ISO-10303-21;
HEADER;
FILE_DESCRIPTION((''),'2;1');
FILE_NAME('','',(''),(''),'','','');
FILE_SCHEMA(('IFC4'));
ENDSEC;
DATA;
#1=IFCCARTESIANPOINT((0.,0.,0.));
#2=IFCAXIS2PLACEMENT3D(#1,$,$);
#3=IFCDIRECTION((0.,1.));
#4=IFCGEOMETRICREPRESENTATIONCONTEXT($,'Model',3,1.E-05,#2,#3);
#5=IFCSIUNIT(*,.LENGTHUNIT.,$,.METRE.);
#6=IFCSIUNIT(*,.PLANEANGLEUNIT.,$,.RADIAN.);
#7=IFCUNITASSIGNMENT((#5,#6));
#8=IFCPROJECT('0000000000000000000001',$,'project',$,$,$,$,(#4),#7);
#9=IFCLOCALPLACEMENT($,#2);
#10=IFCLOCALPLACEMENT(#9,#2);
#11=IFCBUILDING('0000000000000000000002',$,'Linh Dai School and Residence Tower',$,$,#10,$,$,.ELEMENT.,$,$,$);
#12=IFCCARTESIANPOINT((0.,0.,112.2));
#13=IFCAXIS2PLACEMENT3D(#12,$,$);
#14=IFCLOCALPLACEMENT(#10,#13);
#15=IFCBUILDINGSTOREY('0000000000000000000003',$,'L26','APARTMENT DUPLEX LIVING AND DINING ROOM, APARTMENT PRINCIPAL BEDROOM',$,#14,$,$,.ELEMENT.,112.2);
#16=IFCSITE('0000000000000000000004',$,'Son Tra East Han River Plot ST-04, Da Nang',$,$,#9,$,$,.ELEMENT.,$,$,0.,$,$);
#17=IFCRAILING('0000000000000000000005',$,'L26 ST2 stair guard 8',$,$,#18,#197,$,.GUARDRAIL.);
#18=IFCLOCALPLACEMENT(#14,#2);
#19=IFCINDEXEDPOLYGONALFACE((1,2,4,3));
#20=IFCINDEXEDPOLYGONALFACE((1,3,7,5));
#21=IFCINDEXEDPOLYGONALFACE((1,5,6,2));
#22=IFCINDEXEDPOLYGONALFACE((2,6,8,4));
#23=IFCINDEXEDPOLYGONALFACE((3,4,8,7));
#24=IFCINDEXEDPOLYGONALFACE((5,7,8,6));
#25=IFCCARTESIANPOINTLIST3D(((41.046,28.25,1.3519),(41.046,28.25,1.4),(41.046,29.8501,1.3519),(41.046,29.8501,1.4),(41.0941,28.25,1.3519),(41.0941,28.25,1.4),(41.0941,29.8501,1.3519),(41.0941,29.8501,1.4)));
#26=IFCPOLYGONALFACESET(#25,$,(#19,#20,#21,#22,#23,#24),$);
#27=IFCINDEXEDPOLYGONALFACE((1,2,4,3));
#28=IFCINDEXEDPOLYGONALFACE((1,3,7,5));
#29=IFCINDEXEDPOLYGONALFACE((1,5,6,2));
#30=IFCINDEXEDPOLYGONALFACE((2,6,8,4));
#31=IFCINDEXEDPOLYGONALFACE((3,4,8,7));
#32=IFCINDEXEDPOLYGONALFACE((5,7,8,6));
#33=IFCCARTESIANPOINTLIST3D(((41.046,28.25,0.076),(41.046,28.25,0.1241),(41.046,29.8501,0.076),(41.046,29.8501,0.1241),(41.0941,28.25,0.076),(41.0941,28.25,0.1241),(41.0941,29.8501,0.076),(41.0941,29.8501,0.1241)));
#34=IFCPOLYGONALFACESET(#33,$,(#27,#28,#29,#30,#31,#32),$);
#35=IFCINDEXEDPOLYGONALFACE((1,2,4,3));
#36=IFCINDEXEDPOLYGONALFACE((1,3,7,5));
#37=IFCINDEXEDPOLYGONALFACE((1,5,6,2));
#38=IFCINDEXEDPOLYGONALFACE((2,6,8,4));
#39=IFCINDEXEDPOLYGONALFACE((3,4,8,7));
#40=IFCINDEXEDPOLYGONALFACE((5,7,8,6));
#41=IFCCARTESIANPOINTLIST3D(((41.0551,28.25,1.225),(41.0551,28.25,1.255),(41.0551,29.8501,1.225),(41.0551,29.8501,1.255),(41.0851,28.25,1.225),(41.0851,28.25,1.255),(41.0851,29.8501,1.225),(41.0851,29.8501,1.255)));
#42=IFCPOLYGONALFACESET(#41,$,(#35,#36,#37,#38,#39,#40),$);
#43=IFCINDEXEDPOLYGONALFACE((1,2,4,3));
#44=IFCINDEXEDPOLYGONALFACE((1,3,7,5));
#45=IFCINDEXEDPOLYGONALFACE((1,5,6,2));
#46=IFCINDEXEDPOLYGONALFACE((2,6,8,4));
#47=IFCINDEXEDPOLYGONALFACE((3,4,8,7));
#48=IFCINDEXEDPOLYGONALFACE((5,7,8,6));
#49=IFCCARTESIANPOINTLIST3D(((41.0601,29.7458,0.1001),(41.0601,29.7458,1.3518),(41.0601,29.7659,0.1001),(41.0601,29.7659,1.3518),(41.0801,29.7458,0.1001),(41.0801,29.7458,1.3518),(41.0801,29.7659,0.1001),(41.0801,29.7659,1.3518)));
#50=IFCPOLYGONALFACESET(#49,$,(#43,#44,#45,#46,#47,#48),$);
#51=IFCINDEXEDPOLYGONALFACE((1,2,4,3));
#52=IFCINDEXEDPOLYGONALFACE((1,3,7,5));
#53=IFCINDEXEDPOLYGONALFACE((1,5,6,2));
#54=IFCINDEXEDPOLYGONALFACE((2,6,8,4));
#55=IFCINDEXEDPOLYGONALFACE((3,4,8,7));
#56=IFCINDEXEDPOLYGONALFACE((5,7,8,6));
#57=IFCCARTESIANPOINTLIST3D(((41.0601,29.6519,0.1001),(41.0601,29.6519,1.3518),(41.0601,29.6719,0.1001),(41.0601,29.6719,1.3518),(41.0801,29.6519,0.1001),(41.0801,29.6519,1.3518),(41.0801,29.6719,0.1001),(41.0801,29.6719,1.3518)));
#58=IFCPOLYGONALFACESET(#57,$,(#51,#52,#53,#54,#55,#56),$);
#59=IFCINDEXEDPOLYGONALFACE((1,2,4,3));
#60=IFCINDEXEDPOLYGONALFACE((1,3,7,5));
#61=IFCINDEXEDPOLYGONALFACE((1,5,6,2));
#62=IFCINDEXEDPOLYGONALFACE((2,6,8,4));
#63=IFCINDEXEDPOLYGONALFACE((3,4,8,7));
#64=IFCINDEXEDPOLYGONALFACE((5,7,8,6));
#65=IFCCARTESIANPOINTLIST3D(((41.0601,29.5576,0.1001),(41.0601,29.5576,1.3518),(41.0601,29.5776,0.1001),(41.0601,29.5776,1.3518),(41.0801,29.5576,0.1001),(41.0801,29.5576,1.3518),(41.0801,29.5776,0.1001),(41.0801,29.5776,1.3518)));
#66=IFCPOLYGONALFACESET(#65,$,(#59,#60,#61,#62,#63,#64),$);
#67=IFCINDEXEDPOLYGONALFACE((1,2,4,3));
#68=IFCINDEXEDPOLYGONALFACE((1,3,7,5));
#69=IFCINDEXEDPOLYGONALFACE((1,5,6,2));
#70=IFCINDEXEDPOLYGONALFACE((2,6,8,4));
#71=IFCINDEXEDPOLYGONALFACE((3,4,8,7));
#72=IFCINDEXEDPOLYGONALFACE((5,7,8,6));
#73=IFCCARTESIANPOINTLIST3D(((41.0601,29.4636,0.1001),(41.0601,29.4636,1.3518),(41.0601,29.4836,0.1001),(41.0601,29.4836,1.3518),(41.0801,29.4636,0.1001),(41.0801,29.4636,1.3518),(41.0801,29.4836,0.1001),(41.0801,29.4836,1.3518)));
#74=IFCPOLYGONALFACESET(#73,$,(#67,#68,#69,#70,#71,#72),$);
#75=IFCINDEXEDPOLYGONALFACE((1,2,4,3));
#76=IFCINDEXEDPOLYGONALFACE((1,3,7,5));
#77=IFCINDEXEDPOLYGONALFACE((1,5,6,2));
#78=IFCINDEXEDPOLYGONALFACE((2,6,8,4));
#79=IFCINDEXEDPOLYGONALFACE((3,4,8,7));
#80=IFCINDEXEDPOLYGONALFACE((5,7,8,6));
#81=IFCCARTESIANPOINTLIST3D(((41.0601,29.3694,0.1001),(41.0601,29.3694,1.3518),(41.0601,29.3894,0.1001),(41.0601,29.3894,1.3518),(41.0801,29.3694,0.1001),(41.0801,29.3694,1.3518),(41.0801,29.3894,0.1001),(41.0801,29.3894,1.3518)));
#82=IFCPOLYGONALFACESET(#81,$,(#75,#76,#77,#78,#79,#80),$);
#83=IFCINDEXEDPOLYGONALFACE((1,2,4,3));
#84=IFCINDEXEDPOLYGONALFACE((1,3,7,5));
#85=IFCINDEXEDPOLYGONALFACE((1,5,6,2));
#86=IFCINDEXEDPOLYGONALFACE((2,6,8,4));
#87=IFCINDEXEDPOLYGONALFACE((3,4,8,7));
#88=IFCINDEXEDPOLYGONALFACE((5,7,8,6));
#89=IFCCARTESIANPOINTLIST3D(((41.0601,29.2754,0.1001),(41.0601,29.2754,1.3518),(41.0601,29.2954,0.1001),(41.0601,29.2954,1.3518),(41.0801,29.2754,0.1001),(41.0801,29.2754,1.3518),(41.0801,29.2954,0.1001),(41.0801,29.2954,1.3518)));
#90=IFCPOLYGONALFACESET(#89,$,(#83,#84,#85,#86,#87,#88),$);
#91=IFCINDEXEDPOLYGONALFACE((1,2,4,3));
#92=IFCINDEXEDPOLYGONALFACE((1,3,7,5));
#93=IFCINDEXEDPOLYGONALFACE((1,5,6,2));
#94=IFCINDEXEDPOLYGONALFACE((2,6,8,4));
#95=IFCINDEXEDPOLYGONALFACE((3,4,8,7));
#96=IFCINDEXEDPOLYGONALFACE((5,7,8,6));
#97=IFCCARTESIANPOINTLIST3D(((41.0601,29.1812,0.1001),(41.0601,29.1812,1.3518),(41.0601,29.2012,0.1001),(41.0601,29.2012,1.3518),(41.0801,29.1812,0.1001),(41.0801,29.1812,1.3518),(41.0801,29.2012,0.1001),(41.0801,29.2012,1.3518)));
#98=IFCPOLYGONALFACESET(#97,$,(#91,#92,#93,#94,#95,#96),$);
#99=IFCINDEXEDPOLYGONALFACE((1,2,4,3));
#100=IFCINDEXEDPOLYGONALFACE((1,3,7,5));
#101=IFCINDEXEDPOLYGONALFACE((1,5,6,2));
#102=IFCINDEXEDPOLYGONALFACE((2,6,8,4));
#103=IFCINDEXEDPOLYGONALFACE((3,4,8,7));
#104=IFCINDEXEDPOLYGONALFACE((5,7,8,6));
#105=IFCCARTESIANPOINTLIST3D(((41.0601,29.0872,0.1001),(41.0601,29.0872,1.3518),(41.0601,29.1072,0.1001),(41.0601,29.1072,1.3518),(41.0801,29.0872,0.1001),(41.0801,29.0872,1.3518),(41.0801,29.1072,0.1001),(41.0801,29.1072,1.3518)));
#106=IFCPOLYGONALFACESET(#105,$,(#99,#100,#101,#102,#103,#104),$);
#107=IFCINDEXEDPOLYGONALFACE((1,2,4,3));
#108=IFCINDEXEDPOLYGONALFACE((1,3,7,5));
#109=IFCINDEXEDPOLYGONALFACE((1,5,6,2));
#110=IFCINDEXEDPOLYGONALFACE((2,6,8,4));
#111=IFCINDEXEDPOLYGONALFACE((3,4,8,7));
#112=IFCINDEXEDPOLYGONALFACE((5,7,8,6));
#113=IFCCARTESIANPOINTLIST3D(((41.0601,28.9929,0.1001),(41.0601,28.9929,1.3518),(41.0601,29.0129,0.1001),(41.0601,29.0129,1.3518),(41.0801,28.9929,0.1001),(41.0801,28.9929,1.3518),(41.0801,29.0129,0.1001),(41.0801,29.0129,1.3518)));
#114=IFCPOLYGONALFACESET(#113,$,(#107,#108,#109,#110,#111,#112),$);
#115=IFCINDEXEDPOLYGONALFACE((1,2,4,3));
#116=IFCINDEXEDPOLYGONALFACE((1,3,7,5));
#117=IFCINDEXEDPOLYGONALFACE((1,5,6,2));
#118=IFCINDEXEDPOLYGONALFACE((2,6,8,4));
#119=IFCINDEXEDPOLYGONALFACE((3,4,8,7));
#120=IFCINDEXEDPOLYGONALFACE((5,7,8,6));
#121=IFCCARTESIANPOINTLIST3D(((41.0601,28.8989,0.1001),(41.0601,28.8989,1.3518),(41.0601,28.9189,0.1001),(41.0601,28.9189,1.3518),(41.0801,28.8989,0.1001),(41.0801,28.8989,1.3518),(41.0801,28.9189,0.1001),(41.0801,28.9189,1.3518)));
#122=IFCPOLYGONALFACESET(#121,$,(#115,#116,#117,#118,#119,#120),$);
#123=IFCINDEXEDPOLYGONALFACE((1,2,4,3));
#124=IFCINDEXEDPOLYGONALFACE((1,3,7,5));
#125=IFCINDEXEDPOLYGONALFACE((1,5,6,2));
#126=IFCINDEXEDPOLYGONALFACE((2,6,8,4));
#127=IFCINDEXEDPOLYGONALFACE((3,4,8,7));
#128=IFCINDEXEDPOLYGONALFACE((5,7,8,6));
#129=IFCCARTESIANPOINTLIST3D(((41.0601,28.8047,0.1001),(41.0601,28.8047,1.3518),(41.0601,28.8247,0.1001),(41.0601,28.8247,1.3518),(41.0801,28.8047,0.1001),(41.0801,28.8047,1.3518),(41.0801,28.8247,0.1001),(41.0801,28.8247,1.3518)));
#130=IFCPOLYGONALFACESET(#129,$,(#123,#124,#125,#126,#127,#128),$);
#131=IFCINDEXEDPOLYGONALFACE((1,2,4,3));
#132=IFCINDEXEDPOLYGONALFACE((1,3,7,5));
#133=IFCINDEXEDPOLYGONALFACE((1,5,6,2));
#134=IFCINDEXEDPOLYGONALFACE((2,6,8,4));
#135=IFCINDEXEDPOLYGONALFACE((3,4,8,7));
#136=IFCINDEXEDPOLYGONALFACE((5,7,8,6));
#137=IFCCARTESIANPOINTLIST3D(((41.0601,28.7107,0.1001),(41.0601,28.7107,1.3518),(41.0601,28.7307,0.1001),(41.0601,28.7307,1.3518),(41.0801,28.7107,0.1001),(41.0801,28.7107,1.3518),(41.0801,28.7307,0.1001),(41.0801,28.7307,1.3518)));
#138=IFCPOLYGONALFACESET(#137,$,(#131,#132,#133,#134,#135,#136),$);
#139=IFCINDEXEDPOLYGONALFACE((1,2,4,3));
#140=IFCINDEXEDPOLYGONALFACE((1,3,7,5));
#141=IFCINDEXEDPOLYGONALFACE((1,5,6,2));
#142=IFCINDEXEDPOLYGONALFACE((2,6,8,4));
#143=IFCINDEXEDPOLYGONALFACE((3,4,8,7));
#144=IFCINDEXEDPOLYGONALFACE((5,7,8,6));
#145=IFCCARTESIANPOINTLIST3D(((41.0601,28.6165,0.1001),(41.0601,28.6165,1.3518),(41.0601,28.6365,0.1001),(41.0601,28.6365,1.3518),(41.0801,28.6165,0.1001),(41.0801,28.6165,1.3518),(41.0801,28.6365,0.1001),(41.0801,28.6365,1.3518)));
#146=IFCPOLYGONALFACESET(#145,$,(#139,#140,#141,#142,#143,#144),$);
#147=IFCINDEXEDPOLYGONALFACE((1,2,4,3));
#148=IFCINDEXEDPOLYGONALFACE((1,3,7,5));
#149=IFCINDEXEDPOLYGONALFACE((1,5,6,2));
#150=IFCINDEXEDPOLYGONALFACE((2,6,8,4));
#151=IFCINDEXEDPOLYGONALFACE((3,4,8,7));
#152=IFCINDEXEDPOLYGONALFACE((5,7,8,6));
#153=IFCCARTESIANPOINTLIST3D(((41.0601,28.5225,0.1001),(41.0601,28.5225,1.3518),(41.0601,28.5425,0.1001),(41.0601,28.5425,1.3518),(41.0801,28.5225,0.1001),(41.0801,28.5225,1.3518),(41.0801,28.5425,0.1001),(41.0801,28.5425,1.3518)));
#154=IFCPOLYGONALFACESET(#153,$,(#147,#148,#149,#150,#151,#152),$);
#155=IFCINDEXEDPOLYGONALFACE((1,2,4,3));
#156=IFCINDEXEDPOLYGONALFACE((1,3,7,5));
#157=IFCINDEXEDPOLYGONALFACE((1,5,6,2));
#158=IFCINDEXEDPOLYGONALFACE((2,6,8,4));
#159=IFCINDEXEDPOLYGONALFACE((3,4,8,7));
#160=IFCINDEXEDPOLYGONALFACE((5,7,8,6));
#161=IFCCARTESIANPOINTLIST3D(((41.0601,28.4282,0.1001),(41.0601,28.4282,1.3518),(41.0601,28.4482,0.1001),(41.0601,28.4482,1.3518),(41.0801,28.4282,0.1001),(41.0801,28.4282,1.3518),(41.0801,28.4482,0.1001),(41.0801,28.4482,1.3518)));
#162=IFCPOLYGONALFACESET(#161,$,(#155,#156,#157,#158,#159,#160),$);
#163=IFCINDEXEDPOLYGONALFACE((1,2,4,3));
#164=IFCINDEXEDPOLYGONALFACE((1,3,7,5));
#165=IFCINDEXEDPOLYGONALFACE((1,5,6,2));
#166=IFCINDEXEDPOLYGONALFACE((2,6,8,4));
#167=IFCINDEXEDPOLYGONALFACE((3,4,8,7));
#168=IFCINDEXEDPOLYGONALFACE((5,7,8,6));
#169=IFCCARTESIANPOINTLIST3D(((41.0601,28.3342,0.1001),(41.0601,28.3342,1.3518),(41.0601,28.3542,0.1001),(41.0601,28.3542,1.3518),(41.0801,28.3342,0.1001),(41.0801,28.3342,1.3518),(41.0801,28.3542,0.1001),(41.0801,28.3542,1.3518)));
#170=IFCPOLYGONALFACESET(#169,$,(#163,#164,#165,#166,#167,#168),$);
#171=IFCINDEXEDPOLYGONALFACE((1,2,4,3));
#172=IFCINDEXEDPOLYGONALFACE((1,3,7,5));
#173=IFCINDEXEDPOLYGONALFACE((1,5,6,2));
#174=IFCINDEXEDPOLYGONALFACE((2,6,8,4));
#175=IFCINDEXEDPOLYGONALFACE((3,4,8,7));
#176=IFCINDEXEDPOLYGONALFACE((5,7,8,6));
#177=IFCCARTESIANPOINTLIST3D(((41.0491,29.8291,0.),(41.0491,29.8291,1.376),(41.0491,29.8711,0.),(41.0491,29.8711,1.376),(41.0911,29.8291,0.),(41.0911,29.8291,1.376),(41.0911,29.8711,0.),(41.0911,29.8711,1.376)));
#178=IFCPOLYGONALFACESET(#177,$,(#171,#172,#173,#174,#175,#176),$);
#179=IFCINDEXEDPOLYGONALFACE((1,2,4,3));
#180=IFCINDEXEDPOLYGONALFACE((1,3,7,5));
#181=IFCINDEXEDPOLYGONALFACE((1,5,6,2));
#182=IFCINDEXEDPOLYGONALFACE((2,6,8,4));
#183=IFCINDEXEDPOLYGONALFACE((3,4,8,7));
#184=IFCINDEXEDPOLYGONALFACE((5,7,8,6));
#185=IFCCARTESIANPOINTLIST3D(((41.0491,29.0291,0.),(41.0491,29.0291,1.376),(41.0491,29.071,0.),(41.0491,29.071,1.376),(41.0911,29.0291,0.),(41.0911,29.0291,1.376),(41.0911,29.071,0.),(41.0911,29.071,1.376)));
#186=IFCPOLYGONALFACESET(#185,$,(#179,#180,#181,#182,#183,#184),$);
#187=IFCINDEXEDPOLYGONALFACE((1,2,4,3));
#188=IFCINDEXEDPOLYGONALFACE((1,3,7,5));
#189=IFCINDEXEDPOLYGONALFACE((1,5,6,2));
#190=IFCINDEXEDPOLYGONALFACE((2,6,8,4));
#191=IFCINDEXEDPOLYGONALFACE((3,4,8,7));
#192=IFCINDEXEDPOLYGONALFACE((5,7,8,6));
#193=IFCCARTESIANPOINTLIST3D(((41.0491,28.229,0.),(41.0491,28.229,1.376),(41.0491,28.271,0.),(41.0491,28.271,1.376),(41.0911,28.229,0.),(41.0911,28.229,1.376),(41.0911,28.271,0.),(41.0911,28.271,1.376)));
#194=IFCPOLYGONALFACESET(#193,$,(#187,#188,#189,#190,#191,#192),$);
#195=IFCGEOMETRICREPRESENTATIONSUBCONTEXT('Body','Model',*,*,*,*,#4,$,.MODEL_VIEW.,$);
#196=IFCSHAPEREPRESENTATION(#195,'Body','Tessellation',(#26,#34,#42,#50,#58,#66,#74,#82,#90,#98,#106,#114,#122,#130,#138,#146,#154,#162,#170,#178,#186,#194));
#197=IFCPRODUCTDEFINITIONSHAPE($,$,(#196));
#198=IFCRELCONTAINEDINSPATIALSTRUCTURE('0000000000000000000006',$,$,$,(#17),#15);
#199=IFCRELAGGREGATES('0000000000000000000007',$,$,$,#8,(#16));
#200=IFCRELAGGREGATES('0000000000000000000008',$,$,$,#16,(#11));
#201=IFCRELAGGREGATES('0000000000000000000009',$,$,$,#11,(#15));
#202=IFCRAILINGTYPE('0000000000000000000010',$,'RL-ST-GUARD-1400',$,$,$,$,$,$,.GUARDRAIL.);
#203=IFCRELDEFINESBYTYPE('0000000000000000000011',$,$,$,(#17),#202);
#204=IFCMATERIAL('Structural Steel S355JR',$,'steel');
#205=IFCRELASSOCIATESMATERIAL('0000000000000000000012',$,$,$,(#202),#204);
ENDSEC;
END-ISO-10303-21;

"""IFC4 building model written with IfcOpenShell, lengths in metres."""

from ifc_helpers import new_model, si_unit, direction, frame, origin, origin_2d, place, context, subcontext, project, spatial, rectangle, extrude, source, transform, mapped, material, type_object, element, save


model = new_model("IFC4")

# Units and contexts
model_context = context("Model", 3, precision=1e-05, world=origin(), true_north=direction((0.0, 1.0)))
body_context = subcontext(model_context, "Body", "Model", "MODEL_VIEW")
ifc_project = project(units=[si_unit("LENGTHUNIT", "METRE"), si_unit("PLANEANGLEUNIT", "RADIAN")], contexts=[model_context])

# Site, building, storey
site_placement = place(None, origin())
site = spatial("IfcSite", under=ifc_project, at=site_placement, Name="Son Tra East Han River Plot ST-04, Da Nang", CompositionType="ELEMENT", RefElevation=0.0)
building_placement = place(site_placement, origin())
building = spatial("IfcBuilding", under=site, at=building_placement, Name="Linh Dai School and Residence Tower", CompositionType="ELEMENT")
storey_placement = place(building_placement, frame((0.0, 0.0, 112.2)))
storey = spatial("IfcBuildingStorey", under=building, at=storey_placement, Name="L26", Description="APARTMENT DUPLEX LIVING AND DINING ROOM, APARTMENT PRINCIPAL BEDROOM", CompositionType="ELEMENT", Elevation=112.2)

# Shared definitions
ifc_material_1 = material(Name="Structural Steel S355JR", Category="steel")

# Railing
railing_type_1 = type_object("IfcRailingType", Name="RL-ST-GUARD-1400", PredefinedType="GUARDRAIL", material=ifc_material_1)
shared_shape_1 = source(origin(), body_context, "Body", "SweptSolid", [
    extrude(rectangle(XDim=0.0481, YDim=0.0481, at=origin_2d()), frame((0.0, 0.0, 1.376), z_axis=(0.0, -1.0, 0.0), x_axis=(1.0, 0.0, 0.0)), (0.0, 0.0, 1.0), 1.6001),
    extrude(rectangle(XDim=0.0481, YDim=0.0481, at=origin_2d()), frame((0.0, 0.0, 0.1001), z_axis=(0.0, -1.0, 0.0), x_axis=(1.0, 0.0, 0.0)), (0.0, 0.0, 1.0), 1.6001),
    extrude(rectangle(XDim=0.03, YDim=0.03, at=origin_2d()), frame((0.0, 0.0, 1.24), z_axis=(0.0, -1.0, 0.0), x_axis=(1.0, 0.0, 0.0)), (0.0, 0.0, 1.0), 1.6001),
    extrude(rectangle(XDim=0.02, YDim=0.02, at=origin_2d()), frame((0.0, -0.0942, 0.1001)), (0.0, 0.0, 1.0), 1.2517),
    extrude(rectangle(XDim=0.02, YDim=0.02, at=origin_2d()), frame((0.0, -0.1882, 0.1001)), (0.0, 0.0, 1.0), 1.2517),
    extrude(rectangle(XDim=0.02, YDim=0.02, at=origin_2d()), frame((0.0, -0.2825, 0.1001)), (0.0, 0.0, 1.0), 1.2517),
    extrude(rectangle(XDim=0.02, YDim=0.02, at=origin_2d()), frame((0.0, -0.3765, 0.1001)), (0.0, 0.0, 1.0), 1.2517),
    extrude(rectangle(XDim=0.02, YDim=0.02, at=origin_2d()), frame((0.0, -0.4707, 0.1001)), (0.0, 0.0, 1.0), 1.2517),
    extrude(rectangle(XDim=0.02, YDim=0.02, at=origin_2d()), frame((0.0, -0.5647, 0.1001)), (0.0, 0.0, 1.0), 1.2517),
    extrude(rectangle(XDim=0.02, YDim=0.02, at=origin_2d()), frame((0.0, -0.6589, 0.1001)), (0.0, 0.0, 1.0), 1.2517),
    extrude(rectangle(XDim=0.02, YDim=0.02, at=origin_2d()), frame((0.0, -0.7529, 0.1001)), (0.0, 0.0, 1.0), 1.2517),
    extrude(rectangle(XDim=0.02, YDim=0.02, at=origin_2d()), frame((0.0, -0.8472, 0.1001)), (0.0, 0.0, 1.0), 1.2517),
    extrude(rectangle(XDim=0.02, YDim=0.02, at=origin_2d()), frame((0.0, -0.9412, 0.1001)), (0.0, 0.0, 1.0), 1.2517),
    extrude(rectangle(XDim=0.02, YDim=0.02, at=origin_2d()), frame((0.0, -1.0354, 0.1001)), (0.0, 0.0, 1.0), 1.2517),
    extrude(rectangle(XDim=0.02, YDim=0.02, at=origin_2d()), frame((0.0, -1.1294, 0.1001)), (0.0, 0.0, 1.0), 1.2517),
    extrude(rectangle(XDim=0.02, YDim=0.02, at=origin_2d()), frame((0.0, -1.2236, 0.1001)), (0.0, 0.0, 1.0), 1.2517),
    extrude(rectangle(XDim=0.02, YDim=0.02, at=origin_2d()), frame((0.0, -1.3176, 0.1001)), (0.0, 0.0, 1.0), 1.2517),
    extrude(rectangle(XDim=0.02, YDim=0.02, at=origin_2d()), frame((0.0, -1.4119, 0.1001)), (0.0, 0.0, 1.0), 1.2517),
    extrude(rectangle(XDim=0.02, YDim=0.02, at=origin_2d()), frame((0.0, -1.5059, 0.1001)), (0.0, 0.0, 1.0), 1.2517),
    extrude(rectangle(XDim=0.042, YDim=0.042, at=origin_2d()), origin(), (0.0, 0.0, 1.0), 1.376),
    extrude(rectangle(XDim=0.042, YDim=0.042, at=origin_2d()), frame((0.0, -0.8, 0.0)), (0.0, 0.0, 1.0), 1.376),
    extrude(rectangle(XDim=0.042, YDim=0.042, at=origin_2d()), frame((0.0, -1.6001, 0.0)), (0.0, 0.0, 1.0), 1.376),
])
for number, where, name in (
    (1, (41.0701, 29.8501, 0.0), "L26 ST2 stair guard 8"),
):
    element("IfcRailing", number, at=place(storey_placement, frame(where)), inside=storey, type_object=railing_type_1, Name=name, PredefinedType="GUARDRAIL", context=body_context, shape_type="MappedRepresentation", body=[
        mapped(shared_shape_1, transform((0.0, 0.0, 0.0), x_axis=(1.0, 0.0, 0.0), y_axis=(0.0, 1.0, 0.0), z_axis=(0.0, 0.0, 1.0), scale=1.0)),
    ])

save(model, "model.ifc")
